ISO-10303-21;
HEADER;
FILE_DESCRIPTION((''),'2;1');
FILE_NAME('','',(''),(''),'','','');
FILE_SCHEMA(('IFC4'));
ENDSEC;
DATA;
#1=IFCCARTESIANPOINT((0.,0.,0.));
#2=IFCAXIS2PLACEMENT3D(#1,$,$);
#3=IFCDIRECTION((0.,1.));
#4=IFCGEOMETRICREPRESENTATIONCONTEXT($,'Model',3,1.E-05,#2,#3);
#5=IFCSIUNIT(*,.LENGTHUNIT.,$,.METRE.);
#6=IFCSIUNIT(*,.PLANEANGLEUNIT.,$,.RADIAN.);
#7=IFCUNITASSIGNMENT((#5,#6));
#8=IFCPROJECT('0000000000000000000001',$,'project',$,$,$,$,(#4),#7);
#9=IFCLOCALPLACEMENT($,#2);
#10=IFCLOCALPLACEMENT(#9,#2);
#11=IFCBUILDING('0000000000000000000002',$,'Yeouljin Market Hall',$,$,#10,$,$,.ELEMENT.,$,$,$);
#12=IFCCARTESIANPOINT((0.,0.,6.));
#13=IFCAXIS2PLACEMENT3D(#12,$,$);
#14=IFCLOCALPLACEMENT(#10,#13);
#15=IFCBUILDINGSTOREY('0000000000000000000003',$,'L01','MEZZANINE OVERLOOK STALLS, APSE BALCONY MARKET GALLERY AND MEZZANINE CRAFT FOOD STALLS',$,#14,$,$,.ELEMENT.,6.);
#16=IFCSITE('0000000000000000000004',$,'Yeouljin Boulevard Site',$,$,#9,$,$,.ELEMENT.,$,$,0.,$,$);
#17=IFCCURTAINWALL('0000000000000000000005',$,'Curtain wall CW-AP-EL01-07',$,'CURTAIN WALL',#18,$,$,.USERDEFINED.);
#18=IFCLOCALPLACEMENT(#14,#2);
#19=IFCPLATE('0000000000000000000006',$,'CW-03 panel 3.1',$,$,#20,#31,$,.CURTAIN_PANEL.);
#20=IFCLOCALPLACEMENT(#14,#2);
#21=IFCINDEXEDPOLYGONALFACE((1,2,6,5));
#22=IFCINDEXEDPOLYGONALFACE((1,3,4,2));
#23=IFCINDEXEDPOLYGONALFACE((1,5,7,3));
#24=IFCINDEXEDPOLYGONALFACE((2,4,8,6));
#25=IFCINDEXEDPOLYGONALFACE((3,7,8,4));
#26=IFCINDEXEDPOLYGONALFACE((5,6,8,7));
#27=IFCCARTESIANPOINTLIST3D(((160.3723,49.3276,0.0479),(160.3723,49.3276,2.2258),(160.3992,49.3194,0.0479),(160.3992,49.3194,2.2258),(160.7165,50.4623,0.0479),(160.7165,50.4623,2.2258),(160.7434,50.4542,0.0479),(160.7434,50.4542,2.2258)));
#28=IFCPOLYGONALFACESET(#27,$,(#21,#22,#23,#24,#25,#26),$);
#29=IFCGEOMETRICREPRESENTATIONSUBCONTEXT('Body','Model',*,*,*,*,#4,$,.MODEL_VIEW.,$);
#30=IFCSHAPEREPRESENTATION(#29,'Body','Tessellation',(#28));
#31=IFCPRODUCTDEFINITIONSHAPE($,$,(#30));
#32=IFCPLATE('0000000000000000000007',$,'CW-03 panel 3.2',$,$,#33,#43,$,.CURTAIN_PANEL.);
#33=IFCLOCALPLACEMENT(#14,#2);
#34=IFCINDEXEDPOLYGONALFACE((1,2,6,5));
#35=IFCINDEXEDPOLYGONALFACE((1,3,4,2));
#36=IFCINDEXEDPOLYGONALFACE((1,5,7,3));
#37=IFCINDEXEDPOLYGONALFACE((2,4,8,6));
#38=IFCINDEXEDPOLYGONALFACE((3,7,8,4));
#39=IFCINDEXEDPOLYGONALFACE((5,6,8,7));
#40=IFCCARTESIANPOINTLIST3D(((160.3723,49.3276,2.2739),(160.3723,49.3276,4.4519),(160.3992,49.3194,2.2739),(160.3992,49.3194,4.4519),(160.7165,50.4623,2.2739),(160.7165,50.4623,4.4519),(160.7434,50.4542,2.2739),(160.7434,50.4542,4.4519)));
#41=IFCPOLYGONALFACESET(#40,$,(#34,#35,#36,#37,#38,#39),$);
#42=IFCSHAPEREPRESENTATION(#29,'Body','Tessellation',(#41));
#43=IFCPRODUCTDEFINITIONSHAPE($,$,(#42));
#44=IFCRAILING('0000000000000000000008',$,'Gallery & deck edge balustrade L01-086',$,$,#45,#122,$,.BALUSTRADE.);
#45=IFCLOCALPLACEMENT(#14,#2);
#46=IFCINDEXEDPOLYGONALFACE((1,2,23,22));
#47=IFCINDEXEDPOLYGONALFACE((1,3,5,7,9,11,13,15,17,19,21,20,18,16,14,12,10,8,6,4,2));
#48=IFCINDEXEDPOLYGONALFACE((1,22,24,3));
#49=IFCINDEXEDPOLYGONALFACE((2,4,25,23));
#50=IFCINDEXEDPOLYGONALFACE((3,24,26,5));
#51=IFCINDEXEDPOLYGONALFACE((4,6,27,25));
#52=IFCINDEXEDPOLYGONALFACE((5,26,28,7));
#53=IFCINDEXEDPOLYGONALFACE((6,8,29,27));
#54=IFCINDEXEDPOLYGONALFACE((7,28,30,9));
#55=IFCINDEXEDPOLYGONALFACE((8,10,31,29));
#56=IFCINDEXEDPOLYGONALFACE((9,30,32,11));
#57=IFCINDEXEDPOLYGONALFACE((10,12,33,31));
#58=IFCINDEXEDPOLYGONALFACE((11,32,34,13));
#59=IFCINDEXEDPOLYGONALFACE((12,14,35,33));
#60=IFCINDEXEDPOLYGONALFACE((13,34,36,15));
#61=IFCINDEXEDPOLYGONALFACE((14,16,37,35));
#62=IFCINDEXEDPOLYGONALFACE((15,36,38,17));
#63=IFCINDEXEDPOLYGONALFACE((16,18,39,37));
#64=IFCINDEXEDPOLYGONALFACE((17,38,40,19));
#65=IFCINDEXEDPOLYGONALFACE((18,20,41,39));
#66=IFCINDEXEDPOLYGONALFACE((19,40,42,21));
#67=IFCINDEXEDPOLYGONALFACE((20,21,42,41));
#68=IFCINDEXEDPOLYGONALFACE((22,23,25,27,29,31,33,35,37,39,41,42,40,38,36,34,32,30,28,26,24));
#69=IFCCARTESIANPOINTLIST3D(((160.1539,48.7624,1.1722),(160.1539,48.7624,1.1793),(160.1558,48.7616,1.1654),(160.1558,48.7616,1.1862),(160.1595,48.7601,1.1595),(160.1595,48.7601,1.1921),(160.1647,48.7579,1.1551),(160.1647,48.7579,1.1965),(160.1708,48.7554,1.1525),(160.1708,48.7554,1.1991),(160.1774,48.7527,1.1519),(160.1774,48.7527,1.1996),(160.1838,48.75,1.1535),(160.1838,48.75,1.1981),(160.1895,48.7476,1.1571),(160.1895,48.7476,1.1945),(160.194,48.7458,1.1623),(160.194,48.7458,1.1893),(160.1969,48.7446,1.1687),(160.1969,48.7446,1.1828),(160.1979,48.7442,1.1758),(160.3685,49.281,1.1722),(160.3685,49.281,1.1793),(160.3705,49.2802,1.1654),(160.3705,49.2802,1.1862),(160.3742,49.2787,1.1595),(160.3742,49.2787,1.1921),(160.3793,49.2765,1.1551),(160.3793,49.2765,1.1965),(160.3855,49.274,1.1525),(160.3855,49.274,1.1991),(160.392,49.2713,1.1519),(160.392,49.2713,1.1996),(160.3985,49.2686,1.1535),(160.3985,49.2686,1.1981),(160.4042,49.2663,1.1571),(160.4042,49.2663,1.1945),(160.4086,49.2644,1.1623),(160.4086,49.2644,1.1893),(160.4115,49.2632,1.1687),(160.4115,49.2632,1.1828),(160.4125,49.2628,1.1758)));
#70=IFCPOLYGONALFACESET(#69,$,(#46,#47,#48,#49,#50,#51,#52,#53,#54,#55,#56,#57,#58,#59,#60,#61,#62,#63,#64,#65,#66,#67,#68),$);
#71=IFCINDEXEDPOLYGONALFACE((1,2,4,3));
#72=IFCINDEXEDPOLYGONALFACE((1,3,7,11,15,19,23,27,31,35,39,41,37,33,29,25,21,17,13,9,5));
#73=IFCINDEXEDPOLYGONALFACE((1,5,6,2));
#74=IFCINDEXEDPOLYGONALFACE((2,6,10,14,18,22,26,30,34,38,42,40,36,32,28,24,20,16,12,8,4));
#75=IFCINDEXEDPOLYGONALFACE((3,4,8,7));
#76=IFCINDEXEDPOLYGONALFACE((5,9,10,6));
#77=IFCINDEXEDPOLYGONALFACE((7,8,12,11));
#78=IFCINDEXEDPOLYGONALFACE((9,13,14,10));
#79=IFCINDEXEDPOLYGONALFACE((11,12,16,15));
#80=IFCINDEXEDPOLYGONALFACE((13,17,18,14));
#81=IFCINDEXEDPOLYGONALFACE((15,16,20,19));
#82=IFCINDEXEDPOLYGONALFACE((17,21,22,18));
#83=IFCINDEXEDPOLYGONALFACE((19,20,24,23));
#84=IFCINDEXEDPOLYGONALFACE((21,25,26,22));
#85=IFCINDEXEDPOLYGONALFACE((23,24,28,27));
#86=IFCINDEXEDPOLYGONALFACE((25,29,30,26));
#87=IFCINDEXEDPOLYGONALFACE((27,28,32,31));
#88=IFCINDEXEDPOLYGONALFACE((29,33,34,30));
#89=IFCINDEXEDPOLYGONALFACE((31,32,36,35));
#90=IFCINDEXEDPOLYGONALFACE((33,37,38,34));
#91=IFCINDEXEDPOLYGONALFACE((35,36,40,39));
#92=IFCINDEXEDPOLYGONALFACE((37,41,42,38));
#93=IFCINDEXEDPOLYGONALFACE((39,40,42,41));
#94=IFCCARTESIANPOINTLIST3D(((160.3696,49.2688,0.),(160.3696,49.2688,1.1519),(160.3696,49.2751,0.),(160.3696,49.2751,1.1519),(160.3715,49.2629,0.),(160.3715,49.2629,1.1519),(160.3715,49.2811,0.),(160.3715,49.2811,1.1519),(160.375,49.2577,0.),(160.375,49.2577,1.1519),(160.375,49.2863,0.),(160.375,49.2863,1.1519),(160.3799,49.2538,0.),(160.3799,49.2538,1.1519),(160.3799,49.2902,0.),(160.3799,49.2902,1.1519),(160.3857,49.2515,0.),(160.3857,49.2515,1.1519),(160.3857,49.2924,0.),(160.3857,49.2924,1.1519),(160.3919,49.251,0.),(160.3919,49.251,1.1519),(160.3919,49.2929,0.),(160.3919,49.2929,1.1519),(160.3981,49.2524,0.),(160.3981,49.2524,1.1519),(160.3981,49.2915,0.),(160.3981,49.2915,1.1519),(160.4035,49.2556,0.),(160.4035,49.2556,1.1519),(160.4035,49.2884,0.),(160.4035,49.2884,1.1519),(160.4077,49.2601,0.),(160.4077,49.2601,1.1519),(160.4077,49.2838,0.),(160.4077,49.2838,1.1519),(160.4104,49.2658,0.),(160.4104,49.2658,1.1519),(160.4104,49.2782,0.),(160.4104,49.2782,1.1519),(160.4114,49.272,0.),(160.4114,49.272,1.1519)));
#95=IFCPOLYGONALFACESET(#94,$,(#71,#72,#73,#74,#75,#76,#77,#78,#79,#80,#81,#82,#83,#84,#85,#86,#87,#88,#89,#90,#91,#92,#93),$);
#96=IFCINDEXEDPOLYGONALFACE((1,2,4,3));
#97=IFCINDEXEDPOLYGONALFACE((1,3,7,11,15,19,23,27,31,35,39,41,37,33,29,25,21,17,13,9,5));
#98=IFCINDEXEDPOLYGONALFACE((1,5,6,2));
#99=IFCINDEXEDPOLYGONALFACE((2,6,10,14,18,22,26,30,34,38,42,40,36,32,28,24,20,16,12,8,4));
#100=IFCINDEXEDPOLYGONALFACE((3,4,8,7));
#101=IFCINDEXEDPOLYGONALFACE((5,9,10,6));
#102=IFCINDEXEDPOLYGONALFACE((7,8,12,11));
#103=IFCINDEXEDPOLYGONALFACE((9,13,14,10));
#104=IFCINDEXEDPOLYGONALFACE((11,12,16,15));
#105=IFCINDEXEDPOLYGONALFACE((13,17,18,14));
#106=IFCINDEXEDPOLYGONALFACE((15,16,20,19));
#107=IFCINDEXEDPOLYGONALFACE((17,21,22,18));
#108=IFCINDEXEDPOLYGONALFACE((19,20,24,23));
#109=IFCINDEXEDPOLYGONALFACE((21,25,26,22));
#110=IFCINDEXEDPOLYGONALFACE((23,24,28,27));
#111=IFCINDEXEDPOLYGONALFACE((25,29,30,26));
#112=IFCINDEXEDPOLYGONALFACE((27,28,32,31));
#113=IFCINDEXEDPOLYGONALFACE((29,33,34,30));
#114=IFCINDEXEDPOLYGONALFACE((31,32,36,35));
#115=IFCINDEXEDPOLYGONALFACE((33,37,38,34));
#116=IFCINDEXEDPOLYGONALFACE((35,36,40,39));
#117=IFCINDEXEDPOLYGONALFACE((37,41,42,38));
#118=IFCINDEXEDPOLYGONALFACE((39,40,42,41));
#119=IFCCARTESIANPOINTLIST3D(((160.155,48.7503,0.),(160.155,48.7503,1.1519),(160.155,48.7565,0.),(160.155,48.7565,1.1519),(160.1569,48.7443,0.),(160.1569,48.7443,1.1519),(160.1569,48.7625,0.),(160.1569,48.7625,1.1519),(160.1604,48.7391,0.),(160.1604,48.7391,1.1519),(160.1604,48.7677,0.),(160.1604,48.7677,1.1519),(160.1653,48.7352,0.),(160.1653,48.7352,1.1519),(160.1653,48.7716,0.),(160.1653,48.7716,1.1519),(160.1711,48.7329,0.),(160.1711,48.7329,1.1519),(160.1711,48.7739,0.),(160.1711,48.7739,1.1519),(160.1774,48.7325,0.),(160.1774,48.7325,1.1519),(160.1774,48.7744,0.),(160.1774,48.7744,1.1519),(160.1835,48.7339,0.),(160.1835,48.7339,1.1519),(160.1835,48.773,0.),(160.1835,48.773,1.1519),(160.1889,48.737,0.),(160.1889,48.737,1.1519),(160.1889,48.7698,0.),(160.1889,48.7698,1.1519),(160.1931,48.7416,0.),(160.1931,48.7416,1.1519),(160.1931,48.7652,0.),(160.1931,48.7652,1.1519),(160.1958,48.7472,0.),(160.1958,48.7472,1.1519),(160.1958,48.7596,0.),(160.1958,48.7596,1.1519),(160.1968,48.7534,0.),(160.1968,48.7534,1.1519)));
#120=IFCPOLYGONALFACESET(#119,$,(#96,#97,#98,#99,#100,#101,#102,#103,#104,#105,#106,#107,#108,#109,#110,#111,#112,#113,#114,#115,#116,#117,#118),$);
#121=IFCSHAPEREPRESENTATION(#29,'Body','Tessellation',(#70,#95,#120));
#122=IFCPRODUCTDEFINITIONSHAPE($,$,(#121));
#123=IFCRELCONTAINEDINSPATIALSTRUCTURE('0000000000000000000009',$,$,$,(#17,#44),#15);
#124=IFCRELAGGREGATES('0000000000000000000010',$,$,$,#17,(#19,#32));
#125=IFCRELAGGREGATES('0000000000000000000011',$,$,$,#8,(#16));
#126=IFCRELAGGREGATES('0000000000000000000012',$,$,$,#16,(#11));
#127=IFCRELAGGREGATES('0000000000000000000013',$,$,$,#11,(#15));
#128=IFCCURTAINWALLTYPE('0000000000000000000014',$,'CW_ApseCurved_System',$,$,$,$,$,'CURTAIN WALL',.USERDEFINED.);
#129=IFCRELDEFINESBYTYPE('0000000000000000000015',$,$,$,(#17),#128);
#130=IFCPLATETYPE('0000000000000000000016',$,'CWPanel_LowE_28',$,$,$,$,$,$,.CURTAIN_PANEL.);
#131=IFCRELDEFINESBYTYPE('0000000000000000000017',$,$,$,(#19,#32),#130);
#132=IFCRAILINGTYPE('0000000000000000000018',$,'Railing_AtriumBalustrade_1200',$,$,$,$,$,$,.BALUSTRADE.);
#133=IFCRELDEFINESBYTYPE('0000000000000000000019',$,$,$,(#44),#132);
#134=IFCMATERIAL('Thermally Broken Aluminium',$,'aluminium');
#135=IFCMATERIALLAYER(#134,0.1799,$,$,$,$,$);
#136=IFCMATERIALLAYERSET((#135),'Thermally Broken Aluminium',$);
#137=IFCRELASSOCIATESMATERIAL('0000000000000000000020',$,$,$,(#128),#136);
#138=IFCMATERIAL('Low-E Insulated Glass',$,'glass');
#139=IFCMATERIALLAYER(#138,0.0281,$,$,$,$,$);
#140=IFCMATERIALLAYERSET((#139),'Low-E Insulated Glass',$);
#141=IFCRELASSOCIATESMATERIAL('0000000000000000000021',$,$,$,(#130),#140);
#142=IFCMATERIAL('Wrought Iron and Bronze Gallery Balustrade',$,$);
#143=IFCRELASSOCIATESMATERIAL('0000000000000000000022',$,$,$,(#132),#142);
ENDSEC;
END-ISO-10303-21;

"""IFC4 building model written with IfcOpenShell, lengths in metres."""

from ifc_helpers import new_model, si_unit, direction, frame, origin, origin_2d, place, context, subcontext, project, spatial, rectangle, circle, extrude, material, layer, layer_set, type_object, element, aggregate, save


model = new_model("IFC4")

# Units and contexts
model_context = context("Model", 3, precision=1e-05, world=origin(), true_north=direction((0.0, 1.0)))
body_context = subcontext(model_context, "Body", "Model", "MODEL_VIEW")
ifc_project = project(units=[si_unit("LENGTHUNIT", "METRE"), si_unit("PLANEANGLEUNIT", "RADIAN")], contexts=[model_context])

# Site, building, storey
site_placement = place(None, origin())
site = spatial("IfcSite", under=ifc_project, at=site_placement, Name="Yeouljin Boulevard Site", CompositionType="ELEMENT", RefElevation=0.0)
building_placement = place(site_placement, origin())
building = spatial("IfcBuilding", under=site, at=building_placement, Name="Yeouljin Market Hall", CompositionType="ELEMENT")
storey_placement = place(building_placement, frame((0.0, 0.0, 6.0)))
storey = spatial("IfcBuildingStorey", under=building, at=storey_placement, Name="L01", Description="MEZZANINE OVERLOOK STALLS, APSE BALCONY MARKET GALLERY AND MEZZANINE CRAFT FOOD STALLS", CompositionType="ELEMENT", Elevation=6.0)

# Shared definitions
ifc_material_1 = material(Name="Thermally Broken Aluminium", Category="aluminium")
ifc_layer_1 = layer(ifc_material_1, 0.1799)
ifc_layer_set_1 = layer_set([ifc_layer_1], Name="Thermally Broken Aluminium")
curtain_wall_type = type_object("IfcCurtainWallType", Name="CW_ApseCurved_System", ElementType="CURTAIN WALL", PredefinedType="USERDEFINED", material=ifc_layer_set_1)

# Curtain wall
curtain_wall_1_placement = place(storey_placement, origin())
curtain_wall_1 = element("IfcCurtainWall", 1, at=curtain_wall_1_placement, inside=storey, type_object=curtain_wall_type, Name="Curtain wall CW-AP-EL01-07", ObjectType="CURTAIN WALL", PredefinedType="USERDEFINED")

# Plates
ifc_material_2 = material(Name="Low-E Insulated Glass", Category="glass")
ifc_layer_2 = layer(ifc_material_2, 0.0281)
ifc_layer_set_2 = layer_set([ifc_layer_2], Name="Low-E Insulated Glass")
plate_type = type_object("IfcPlateType", Name="CWPanel_LowE_28", PredefinedType="CURTAIN_PANEL", material=ifc_layer_set_2)
plate_1_placement = place(storey_placement, frame((160.5579, 49.8909, 0.0479), z_axis=(0.0, 0.0, 1.0), x_axis=(-0.290286, -0.95694, 0.0)))
plate_1 = element("IfcPlate", 2, at=plate_1_placement, type_object=plate_type, Name="CW-03 panel 3.1", PredefinedType="CURTAIN_PANEL", context=body_context, shape_type="SweptSolid", body=[
    extrude(rectangle(XDim=1.1858, YDim=0.0281, at=origin_2d()), origin(), (0.0, 0.0, 1.0), 2.178),
])
plate_2_placement = place(storey_placement, frame((160.5579, 49.8909, 2.2739), z_axis=(0.0, 0.0, 1.0), x_axis=(-0.290286, -0.95694, 0.0)))
plate_2 = element("IfcPlate", 3, at=plate_2_placement, type_object=plate_type, Name="CW-03 panel 3.2", PredefinedType="CURTAIN_PANEL", context=body_context, shape_type="SweptSolid", body=[
    extrude(rectangle(XDim=1.1858, YDim=0.0281, at=origin_2d()), origin(), (0.0, 0.0, 1.0), 2.178),
])
aggregate(curtain_wall_1, [plate_1, plate_2])

# Railing
ifc_material_3 = material(Name="Wrought Iron and Bronze Gallery Balustrade")
railing_type = type_object("IfcRailingType", Name="Railing_AtriumBalustrade_1200", PredefinedType="BALUSTRADE", material=ifc_material_3)
railing_placement = place(storey_placement, frame((160.3904, 49.272, 0.0)))
element("IfcRailing", 4, at=railing_placement, inside=storey, type_object=railing_type, Name="Gallery & deck edge balustrade L01-086", PredefinedType="BALUSTRADE", context=body_context, shape_type="SweptSolid", body=[
    extrude(circle(Radius=0.0239, at=origin_2d()), frame((0.0, 0.0, 1.1758), z_axis=(-0.38239, -0.924001, 0.0), x_axis=(0.924001, -0.38239, 0.0)), (0.0, 0.0, 1.0), 0.5613),
    extrude(circle(Radius=0.021, at=origin_2d()), origin(), (0.0, 0.0, 1.0), 1.1519),
    extrude(circle(Radius=0.021, at=origin_2d()), frame((-0.2146, -0.5186, 0.0)), (0.0, 0.0, 1.0), 1.1519),
])

save(model, "model.ifc")
